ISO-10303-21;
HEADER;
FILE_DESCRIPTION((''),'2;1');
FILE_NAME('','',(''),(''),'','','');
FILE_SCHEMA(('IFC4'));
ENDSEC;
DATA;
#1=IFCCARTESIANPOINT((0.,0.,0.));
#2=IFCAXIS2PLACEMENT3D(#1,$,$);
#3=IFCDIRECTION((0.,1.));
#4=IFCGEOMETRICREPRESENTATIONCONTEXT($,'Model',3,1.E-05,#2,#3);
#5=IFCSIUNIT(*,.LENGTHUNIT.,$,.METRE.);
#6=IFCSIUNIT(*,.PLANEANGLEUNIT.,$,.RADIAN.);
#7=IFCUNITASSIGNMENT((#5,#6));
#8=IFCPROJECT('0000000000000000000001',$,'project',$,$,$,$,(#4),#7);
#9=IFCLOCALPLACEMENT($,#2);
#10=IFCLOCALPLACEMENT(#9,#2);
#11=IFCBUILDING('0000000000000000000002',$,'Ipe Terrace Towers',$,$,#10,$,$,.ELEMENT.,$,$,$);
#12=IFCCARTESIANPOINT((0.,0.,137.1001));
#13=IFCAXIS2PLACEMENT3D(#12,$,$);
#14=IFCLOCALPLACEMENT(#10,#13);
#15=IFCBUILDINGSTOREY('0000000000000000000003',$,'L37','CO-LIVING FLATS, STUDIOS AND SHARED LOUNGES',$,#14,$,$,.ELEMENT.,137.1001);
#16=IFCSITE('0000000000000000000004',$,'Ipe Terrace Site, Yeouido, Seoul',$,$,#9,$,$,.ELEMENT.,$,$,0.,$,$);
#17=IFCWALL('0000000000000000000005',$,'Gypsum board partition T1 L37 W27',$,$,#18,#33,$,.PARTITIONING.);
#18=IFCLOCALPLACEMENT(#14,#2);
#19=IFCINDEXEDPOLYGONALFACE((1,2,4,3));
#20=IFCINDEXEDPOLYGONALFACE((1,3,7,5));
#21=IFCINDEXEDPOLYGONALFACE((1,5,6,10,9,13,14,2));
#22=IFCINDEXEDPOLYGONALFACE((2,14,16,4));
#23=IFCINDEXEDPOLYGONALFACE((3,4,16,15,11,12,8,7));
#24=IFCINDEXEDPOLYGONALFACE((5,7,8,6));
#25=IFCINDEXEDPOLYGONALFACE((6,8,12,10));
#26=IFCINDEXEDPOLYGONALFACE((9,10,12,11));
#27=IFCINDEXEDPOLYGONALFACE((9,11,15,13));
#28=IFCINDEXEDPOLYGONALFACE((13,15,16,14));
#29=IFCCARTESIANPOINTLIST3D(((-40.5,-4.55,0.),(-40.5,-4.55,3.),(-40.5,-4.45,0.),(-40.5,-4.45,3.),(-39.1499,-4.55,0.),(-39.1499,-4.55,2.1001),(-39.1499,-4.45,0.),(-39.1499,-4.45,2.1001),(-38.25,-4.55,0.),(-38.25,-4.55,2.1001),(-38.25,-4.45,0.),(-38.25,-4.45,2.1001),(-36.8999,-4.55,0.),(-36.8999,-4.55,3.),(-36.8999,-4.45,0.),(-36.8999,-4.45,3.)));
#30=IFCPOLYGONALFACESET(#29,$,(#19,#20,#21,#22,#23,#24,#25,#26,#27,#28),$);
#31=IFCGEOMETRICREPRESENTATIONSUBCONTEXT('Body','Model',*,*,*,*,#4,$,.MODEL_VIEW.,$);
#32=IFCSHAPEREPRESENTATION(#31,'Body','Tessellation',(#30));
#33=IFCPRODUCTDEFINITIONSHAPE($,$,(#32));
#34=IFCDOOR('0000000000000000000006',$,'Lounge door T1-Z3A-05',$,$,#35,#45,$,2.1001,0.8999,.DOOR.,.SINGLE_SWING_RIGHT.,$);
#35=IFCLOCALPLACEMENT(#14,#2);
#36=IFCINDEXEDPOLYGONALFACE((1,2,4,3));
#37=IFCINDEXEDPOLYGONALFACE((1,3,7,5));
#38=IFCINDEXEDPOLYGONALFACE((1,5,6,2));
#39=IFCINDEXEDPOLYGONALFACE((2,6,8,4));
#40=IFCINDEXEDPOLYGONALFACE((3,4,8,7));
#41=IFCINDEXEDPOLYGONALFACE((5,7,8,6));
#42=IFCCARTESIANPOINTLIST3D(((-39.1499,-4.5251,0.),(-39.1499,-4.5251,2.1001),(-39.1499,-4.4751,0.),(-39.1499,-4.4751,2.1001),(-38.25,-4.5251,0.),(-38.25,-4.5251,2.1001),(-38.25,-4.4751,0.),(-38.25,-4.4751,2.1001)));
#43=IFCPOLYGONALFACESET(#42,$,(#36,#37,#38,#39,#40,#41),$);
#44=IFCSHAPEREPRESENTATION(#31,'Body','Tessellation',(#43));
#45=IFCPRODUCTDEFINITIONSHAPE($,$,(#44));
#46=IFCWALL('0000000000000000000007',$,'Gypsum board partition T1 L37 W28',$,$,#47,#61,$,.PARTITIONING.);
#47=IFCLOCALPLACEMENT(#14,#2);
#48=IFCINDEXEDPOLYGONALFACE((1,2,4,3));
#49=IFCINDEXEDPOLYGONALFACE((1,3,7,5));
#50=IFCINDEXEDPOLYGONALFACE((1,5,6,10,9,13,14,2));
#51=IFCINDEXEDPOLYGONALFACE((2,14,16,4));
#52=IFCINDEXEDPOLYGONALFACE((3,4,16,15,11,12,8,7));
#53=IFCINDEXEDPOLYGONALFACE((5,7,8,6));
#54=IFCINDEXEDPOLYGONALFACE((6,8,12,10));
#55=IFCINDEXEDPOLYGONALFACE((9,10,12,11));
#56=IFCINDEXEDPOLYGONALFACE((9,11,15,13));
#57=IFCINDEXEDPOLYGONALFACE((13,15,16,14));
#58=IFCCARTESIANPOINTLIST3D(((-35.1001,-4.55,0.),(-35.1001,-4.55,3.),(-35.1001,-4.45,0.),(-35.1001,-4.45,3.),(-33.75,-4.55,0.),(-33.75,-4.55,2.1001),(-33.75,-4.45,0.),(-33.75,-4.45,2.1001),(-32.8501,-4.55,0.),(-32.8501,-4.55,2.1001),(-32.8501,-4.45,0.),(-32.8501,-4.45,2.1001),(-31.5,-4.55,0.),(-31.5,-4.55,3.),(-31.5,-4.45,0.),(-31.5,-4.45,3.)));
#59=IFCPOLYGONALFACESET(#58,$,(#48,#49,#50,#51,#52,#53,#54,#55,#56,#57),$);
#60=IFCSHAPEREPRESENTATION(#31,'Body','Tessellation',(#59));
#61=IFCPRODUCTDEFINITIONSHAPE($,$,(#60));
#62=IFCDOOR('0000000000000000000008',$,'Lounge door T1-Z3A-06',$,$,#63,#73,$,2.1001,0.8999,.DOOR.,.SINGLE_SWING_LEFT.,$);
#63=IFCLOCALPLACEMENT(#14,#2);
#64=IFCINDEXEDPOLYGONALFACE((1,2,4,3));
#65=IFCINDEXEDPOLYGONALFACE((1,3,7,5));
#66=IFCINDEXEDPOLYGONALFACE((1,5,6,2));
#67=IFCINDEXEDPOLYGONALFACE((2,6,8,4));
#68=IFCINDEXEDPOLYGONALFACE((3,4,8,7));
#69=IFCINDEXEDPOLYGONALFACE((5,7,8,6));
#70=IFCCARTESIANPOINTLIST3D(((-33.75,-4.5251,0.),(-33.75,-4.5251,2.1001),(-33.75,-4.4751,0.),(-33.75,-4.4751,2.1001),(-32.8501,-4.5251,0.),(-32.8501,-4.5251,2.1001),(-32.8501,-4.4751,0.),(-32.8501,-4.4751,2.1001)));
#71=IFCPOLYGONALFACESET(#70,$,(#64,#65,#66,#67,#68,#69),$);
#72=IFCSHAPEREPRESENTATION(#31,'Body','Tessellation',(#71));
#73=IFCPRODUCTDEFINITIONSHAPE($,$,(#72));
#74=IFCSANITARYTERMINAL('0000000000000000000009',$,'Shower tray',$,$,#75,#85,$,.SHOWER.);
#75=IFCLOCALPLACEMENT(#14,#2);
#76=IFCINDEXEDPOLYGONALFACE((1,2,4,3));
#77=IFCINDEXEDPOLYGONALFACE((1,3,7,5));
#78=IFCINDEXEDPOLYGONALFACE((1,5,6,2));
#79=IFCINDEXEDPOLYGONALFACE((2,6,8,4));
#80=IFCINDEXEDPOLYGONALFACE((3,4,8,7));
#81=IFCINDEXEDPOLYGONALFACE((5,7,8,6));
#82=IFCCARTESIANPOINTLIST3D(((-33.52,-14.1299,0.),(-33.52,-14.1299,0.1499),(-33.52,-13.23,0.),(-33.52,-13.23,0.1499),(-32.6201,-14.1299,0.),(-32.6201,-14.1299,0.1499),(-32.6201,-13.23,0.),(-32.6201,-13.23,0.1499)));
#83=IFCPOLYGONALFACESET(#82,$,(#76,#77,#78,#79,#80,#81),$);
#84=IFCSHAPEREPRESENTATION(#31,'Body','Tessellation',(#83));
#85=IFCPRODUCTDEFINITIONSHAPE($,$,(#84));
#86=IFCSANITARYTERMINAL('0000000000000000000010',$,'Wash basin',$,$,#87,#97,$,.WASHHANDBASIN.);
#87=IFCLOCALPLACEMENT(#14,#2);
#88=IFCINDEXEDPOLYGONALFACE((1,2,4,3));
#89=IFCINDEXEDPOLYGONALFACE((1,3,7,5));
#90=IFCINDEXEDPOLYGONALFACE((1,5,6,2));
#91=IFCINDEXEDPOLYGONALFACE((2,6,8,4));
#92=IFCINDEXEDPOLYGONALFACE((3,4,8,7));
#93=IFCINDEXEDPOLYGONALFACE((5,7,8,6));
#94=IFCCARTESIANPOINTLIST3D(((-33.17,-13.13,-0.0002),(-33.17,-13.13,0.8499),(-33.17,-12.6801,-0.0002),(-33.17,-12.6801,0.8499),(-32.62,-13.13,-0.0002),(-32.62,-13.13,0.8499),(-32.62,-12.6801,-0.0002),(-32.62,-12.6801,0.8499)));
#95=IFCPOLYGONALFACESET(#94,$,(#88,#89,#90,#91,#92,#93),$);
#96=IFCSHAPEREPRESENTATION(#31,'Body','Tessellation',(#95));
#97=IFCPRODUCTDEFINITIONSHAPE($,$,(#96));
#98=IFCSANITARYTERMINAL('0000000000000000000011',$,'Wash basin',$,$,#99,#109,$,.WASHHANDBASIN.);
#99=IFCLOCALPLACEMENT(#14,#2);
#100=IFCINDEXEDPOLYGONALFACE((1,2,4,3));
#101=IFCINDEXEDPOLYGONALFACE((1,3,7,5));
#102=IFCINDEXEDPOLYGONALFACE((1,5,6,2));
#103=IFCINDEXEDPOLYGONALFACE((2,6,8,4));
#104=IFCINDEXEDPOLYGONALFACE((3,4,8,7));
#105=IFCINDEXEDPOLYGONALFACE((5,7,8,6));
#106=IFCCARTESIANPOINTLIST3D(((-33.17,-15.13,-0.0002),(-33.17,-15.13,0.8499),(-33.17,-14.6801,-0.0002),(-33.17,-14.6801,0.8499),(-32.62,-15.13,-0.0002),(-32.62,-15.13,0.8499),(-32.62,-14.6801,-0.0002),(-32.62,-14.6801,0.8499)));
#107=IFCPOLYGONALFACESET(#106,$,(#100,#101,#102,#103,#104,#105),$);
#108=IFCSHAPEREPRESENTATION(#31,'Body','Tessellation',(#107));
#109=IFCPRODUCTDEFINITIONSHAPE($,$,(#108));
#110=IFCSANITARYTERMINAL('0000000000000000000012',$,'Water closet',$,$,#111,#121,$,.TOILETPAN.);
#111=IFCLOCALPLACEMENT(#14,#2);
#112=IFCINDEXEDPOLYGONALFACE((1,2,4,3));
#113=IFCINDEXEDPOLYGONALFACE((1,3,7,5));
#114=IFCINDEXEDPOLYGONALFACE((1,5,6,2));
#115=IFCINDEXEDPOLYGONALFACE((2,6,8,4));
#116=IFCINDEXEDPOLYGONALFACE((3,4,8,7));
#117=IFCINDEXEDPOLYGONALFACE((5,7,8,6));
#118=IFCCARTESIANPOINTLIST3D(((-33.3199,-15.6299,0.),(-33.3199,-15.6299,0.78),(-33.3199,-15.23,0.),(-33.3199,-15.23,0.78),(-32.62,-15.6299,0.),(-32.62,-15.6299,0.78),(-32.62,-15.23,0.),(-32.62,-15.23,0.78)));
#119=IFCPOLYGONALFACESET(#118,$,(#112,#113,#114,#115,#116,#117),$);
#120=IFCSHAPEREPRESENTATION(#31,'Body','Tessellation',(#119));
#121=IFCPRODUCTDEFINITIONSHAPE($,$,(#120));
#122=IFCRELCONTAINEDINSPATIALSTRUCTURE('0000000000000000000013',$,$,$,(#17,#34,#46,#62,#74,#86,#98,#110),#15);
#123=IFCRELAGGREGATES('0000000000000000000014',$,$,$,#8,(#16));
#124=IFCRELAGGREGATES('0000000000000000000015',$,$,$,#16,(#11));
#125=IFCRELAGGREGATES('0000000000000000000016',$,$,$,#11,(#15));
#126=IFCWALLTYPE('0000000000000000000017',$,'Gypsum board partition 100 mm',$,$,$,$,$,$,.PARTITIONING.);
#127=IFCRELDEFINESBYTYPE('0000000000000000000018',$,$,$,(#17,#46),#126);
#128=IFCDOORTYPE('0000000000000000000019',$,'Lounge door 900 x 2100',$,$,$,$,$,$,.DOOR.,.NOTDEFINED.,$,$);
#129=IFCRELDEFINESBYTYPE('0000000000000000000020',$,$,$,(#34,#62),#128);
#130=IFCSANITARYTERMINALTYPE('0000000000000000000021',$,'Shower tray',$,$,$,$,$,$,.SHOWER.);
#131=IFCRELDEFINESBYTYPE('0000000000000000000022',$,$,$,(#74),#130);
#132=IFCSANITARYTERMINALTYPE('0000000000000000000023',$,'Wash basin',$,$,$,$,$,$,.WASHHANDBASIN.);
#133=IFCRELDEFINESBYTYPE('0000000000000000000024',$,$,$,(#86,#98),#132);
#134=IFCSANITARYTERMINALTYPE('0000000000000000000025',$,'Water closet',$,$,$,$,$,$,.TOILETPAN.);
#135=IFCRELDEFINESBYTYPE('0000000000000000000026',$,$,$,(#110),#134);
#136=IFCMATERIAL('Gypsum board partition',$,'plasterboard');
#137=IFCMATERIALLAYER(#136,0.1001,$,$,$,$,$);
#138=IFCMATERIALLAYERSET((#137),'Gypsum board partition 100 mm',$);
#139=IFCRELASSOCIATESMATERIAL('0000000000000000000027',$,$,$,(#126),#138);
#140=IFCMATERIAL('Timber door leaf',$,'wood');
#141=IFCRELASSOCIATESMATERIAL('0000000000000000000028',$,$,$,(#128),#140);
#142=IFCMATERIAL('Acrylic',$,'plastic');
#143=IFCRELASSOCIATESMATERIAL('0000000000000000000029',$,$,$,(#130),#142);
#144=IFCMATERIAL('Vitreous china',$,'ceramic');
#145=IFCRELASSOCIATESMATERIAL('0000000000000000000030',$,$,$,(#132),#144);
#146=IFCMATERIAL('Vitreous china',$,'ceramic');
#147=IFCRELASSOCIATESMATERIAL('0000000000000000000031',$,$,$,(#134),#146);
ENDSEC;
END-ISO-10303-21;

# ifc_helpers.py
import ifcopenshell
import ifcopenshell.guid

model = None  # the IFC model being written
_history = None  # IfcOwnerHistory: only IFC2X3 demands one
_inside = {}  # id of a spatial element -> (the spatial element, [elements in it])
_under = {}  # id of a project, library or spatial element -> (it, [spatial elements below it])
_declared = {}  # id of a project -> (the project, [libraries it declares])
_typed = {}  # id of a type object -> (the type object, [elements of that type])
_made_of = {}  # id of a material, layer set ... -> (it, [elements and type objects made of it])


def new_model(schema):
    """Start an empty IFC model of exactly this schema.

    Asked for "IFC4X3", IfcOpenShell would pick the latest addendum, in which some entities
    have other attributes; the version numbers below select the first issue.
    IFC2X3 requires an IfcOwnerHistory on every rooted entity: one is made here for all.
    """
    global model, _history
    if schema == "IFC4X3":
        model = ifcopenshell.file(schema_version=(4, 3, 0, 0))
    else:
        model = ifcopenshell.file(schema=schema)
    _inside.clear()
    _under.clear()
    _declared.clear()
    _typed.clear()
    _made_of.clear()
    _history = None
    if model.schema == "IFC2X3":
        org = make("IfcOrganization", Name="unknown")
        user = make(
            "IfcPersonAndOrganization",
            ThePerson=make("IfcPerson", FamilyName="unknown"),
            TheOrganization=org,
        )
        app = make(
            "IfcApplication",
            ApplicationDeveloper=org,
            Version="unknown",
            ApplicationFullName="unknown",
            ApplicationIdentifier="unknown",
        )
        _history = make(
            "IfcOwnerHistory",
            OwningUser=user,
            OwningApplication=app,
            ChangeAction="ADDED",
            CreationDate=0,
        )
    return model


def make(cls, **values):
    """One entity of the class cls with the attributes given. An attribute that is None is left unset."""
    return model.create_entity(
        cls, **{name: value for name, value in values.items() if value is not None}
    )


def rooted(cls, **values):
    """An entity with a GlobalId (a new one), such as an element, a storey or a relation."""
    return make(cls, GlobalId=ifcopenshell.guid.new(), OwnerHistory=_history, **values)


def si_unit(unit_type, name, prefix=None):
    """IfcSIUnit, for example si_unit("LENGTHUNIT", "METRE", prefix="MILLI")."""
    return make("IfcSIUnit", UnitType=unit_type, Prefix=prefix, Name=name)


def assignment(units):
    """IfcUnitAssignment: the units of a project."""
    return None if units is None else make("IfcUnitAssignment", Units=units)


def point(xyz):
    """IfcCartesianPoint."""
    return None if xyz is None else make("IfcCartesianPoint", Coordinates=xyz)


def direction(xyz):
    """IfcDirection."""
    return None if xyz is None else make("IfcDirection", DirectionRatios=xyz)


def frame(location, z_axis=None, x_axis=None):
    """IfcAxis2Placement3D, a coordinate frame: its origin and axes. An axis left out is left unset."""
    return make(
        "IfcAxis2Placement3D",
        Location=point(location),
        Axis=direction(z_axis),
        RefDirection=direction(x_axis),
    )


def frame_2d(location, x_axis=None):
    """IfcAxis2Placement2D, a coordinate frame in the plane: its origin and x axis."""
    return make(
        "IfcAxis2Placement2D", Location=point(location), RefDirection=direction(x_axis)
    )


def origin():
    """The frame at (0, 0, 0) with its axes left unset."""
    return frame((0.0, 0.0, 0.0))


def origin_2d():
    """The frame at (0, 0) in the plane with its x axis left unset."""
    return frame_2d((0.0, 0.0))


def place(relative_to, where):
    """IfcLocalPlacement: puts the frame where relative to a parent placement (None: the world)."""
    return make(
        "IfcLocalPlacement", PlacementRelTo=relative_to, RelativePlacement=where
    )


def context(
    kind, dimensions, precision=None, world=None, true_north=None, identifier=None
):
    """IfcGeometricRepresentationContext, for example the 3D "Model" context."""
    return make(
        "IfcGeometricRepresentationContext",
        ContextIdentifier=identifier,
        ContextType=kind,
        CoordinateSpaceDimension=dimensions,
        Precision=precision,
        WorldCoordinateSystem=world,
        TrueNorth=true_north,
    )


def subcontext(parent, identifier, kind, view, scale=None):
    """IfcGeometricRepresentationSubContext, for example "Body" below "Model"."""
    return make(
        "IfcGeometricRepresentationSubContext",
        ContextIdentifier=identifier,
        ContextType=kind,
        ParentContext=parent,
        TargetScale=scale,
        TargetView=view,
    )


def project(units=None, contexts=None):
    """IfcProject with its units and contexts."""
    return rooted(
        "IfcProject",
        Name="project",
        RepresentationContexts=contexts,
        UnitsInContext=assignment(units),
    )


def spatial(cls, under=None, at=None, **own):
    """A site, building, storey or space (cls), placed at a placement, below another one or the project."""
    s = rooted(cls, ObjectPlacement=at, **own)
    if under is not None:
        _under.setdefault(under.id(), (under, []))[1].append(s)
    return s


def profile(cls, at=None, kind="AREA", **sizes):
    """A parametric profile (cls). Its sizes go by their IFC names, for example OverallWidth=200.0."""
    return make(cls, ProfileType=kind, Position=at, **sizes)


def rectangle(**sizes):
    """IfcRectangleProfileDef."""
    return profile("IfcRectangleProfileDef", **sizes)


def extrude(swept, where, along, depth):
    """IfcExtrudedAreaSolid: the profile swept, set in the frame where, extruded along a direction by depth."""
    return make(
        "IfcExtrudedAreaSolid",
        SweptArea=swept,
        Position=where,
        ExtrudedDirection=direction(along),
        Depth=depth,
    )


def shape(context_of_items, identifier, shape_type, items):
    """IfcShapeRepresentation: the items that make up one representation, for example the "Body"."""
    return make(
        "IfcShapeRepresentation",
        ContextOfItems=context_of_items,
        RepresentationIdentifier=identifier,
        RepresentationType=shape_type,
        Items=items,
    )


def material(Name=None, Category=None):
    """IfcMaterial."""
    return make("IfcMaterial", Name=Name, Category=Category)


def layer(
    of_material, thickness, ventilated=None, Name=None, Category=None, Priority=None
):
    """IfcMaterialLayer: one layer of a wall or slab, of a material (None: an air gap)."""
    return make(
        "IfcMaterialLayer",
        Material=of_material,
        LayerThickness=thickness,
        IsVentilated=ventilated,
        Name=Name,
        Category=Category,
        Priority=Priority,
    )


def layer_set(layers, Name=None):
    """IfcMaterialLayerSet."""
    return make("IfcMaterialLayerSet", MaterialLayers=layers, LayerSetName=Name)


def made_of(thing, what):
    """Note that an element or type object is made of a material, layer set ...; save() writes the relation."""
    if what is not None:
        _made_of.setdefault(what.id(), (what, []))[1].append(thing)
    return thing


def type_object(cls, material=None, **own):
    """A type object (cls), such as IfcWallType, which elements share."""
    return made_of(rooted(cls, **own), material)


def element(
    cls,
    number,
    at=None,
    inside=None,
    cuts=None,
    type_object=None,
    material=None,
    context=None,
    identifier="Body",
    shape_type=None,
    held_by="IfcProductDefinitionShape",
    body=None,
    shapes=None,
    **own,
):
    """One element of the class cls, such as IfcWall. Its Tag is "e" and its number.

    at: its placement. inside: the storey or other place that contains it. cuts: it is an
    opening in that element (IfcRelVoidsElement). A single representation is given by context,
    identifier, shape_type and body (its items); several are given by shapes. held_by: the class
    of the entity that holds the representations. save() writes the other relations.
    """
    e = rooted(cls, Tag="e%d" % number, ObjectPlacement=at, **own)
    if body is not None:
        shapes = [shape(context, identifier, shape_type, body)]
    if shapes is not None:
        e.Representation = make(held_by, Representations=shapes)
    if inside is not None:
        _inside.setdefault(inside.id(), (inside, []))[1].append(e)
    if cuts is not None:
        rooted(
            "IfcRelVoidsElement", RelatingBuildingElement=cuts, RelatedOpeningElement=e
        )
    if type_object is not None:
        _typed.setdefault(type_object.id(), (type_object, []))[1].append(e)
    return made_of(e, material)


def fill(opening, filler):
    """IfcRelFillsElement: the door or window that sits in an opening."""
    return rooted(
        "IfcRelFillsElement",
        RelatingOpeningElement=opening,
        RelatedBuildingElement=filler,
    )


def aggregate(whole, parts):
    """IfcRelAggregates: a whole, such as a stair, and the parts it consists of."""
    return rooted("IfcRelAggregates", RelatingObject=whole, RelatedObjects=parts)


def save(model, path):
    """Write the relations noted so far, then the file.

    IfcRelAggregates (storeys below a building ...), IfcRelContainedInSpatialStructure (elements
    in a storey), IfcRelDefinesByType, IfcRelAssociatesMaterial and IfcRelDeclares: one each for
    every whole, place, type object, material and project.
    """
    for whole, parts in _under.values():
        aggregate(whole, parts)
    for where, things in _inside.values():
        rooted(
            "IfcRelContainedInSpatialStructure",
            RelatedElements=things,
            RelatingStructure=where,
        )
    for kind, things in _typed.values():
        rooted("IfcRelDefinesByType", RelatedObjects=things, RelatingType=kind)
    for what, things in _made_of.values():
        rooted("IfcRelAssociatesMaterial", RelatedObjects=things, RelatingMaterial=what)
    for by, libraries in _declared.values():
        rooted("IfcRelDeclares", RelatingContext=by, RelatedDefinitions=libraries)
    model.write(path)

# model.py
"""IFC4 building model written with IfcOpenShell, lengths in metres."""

from ifc_helpers import new_model, si_unit, direction, frame, frame_2d, origin, origin_2d, place, context, subcontext, project, spatial, rectangle, extrude, material, layer, layer_set, type_object, element, fill, save


model = new_model("IFC4")

# Units and contexts
model_context = context("Model", 3, precision=1e-05, world=origin(), true_north=direction((0.0, 1.0)))
body_context = subcontext(model_context, "Body", "Model", "MODEL_VIEW")
ifc_project = project(units=[si_unit("LENGTHUNIT", "METRE"), si_unit("PLANEANGLEUNIT", "RADIAN")], contexts=[model_context])

# Site, building, storey
site_placement = place(None, origin())
site = spatial("IfcSite", under=ifc_project, at=site_placement, Name="Ipe Terrace Site, Yeouido, Seoul", CompositionType="ELEMENT", RefElevation=0.0)
building_placement = place(site_placement, origin())
building = spatial("IfcBuilding", under=site, at=building_placement, Name="Ipe Terrace Towers", CompositionType="ELEMENT")
storey_placement = place(building_placement, frame((0.0, 0.0, 137.1001)))
storey = spatial("IfcBuildingStorey", under=building, at=storey_placement, Name="L37", Description="CO-LIVING FLATS, STUDIOS AND SHARED LOUNGES", CompositionType="ELEMENT", Elevation=137.1001)

# Shared definitions
ifc_material_1 = material(Name="Gypsum board partition", Category="plasterboard")
ifc_layer = layer(ifc_material_1, 0.1001)
ifc_layer_set = layer_set([ifc_layer], Name="Gypsum board partition 100 mm")
wall_type = type_object("IfcWallType", Name="Gypsum board partition 100 mm", PredefinedType="PARTITIONING", material=ifc_layer_set)

# Shared definitions
ifc_material_2 = material(Name="Timber door leaf", Category="wood")
door_type_1 = type_object("IfcDoorType", Name="Lounge door 900 x 2100", OperationType="NOTDEFINED", PredefinedType="DOOR", material=ifc_material_2)

# Walls, openings, doors
wall_1_placement = place(storey_placement, frame((-40.5, -4.5, 0.0), z_axis=(0.0, 0.0, 1.0), x_axis=(1.0, 0.0, 0.0)))
wall_1 = element("IfcWall", 1, at=wall_1_placement, inside=storey, type_object=wall_type, Name="Gypsum board partition T1 L37 W27", PredefinedType="PARTITIONING", context=body_context, shape_type="SweptSolid", body=[
    extrude(rectangle(XDim=3.6001, YDim=0.1001, at=frame_2d((1.8, 0.0))), origin(), (0.0, 0.0, 1.0), 3.0),
])
opening_1_placement = place(wall_1_placement, frame((1.3501, 0.0, 0.0)))
opening_1 = element("IfcOpeningElement", 2, at=opening_1_placement, cuts=wall_1, PredefinedType="OPENING", context=body_context, shape_type="SweptSolid", body=[
    extrude(rectangle(XDim=0.8999, YDim=2.1001, at=frame_2d((0.45, 1.05))), frame((0.0, 0.0601, 0.0), z_axis=(0.0, -1.0, 0.0), x_axis=(1.0, 0.0, 0.0)), (0.0, 0.0, 1.0), 0.1201),
])
door_1_placement = place(opening_1_placement, origin())
door_1 = element("IfcDoor", 3, at=door_1_placement, inside=storey, type_object=door_type_1, Name="Lounge door T1-Z3A-05", OperationType="SINGLE_SWING_RIGHT", OverallHeight=2.1001, OverallWidth=0.8999, PredefinedType="DOOR", context=body_context, shape_type="SweptSolid", body=[
    extrude(rectangle(XDim=0.8999, YDim=2.1001, at=frame_2d((0.45, 1.05))), frame((0.0, 0.0249, 0.0), z_axis=(0.0, -1.0, 0.0), x_axis=(1.0, 0.0, 0.0)), (0.0, 0.0, 1.0), 0.05),
])
fill(opening_1, door_1)
wall_2_placement = place(storey_placement, frame((-35.1001, -4.5, 0.0), z_axis=(0.0, 0.0, 1.0), x_axis=(1.0, 0.0, 0.0)))
wall_2 = element("IfcWall", 4, at=wall_2_placement, inside=storey, type_object=wall_type, Name="Gypsum board partition T1 L37 W28", PredefinedType="PARTITIONING", context=body_context, shape_type="SweptSolid", body=[
    extrude(rectangle(XDim=3.6001, YDim=0.1001, at=frame_2d((1.8, 0.0))), origin(), (0.0, 0.0, 1.0), 3.0),
])
opening_2_placement = place(wall_2_placement, frame((1.3501, 0.0, 0.0)))
opening_2 = element("IfcOpeningElement", 5, at=opening_2_placement, cuts=wall_2, PredefinedType="OPENING", context=body_context, shape_type="SweptSolid", body=[
    extrude(rectangle(XDim=0.8999, YDim=2.1001, at=frame_2d((0.45, 1.05))), frame((0.0, 0.0601, 0.0), z_axis=(0.0, -1.0, 0.0), x_axis=(1.0, 0.0, 0.0)), (0.0, 0.0, 1.0), 0.1201),
])
door_2_placement = place(opening_2_placement, origin())
door_2 = element("IfcDoor", 6, at=door_2_placement, inside=storey, type_object=door_type_1, Name="Lounge door T1-Z3A-06", OperationType="SINGLE_SWING_LEFT", OverallHeight=2.1001, OverallWidth=0.8999, PredefinedType="DOOR", context=body_context, shape_type="SweptSolid", body=[
    extrude(rectangle(XDim=0.8999, YDim=2.1001, at=frame_2d((0.45, 1.05))), frame((0.0, 0.0249, 0.0), z_axis=(0.0, -1.0, 0.0), x_axis=(1.0, 0.0, 0.0)), (0.0, 0.0, 1.0), 0.05),
])
fill(opening_2, door_2)

# Sanitary terminals
ifc_material_3 = material(Name="Acrylic", Category="plastic")
sanitary_terminal_type_1 = type_object("IfcSanitaryTerminalType", Name="Shower tray", PredefinedType="SHOWER", material=ifc_material_3)
sanitary_terminal_1_placement = place(storey_placement, frame((-33.0701, -13.6799, 0.0), z_axis=(0.0, 0.0, 1.0), x_axis=(-1.0, 0.0, 0.0)))
element("IfcSanitaryTerminal", 7, at=sanitary_terminal_1_placement, inside=storey, type_object=sanitary_terminal_type_1, Name="Shower tray", PredefinedType="SHOWER", context=body_context, shape_type="SweptSolid", body=[
    extrude(rectangle(XDim=0.8999, YDim=0.8999, at=origin_2d()), origin(), (0.0, 0.0, 1.0), 0.1499),
])
ifc_material_4 = material(Name="Vitreous china", Category="ceramic")
sanitary_terminal_type_2 = type_object("IfcSanitaryTerminalType", Name="Wash basin", PredefinedType="WASHHANDBASIN", material=ifc_material_4)
for number, where, z_axis, x_axis, name in (
    (8, (-32.895, -12.905, -0.0002), (0.0, 0.0, 1.0), (-1.0, 0.0, 0.0), "Wash basin"),
    (9, (-32.895, -14.905, -0.0002), (0.0, 0.0, 1.0), (-1.0, 0.0, 0.0), "Wash basin"),
):
    element("IfcSanitaryTerminal", number, at=place(storey_placement, frame(where, z_axis=z_axis, x_axis=x_axis)), inside=storey, type_object=sanitary_terminal_type_2, Name=name, PredefinedType="WASHHANDBASIN", context=body_context, shape_type="SweptSolid", body=[
        extrude(rectangle(XDim=0.55, YDim=0.45, at=origin_2d()), origin(), (0.0, 0.0, 1.0), 0.8501),
    ])
ifc_material_5 = material(Name="Vitreous china", Category="ceramic")
sanitary_terminal_type_3 = type_object("IfcSanitaryTerminalType", Name="Water closet", PredefinedType="TOILETPAN", material=ifc_material_5)
sanitary_terminal_2_placement = place(storey_placement, frame((-32.97, -15.4299, 0.0), z_axis=(0.0, 0.0, 1.0), x_axis=(-1.0, 0.0, 0.0)))
element("IfcSanitaryTerminal", 10, at=sanitary_terminal_2_placement, inside=storey, type_object=sanitary_terminal_type_3, Name="Water closet", PredefinedType="TOILETPAN", context=body_context, shape_type="SweptSolid", body=[
    extrude(rectangle(XDim=0.7, YDim=0.3999, at=origin_2d()), origin(), (0.0, 0.0, 1.0), 0.78),
])

save(model, "model.ifc")
